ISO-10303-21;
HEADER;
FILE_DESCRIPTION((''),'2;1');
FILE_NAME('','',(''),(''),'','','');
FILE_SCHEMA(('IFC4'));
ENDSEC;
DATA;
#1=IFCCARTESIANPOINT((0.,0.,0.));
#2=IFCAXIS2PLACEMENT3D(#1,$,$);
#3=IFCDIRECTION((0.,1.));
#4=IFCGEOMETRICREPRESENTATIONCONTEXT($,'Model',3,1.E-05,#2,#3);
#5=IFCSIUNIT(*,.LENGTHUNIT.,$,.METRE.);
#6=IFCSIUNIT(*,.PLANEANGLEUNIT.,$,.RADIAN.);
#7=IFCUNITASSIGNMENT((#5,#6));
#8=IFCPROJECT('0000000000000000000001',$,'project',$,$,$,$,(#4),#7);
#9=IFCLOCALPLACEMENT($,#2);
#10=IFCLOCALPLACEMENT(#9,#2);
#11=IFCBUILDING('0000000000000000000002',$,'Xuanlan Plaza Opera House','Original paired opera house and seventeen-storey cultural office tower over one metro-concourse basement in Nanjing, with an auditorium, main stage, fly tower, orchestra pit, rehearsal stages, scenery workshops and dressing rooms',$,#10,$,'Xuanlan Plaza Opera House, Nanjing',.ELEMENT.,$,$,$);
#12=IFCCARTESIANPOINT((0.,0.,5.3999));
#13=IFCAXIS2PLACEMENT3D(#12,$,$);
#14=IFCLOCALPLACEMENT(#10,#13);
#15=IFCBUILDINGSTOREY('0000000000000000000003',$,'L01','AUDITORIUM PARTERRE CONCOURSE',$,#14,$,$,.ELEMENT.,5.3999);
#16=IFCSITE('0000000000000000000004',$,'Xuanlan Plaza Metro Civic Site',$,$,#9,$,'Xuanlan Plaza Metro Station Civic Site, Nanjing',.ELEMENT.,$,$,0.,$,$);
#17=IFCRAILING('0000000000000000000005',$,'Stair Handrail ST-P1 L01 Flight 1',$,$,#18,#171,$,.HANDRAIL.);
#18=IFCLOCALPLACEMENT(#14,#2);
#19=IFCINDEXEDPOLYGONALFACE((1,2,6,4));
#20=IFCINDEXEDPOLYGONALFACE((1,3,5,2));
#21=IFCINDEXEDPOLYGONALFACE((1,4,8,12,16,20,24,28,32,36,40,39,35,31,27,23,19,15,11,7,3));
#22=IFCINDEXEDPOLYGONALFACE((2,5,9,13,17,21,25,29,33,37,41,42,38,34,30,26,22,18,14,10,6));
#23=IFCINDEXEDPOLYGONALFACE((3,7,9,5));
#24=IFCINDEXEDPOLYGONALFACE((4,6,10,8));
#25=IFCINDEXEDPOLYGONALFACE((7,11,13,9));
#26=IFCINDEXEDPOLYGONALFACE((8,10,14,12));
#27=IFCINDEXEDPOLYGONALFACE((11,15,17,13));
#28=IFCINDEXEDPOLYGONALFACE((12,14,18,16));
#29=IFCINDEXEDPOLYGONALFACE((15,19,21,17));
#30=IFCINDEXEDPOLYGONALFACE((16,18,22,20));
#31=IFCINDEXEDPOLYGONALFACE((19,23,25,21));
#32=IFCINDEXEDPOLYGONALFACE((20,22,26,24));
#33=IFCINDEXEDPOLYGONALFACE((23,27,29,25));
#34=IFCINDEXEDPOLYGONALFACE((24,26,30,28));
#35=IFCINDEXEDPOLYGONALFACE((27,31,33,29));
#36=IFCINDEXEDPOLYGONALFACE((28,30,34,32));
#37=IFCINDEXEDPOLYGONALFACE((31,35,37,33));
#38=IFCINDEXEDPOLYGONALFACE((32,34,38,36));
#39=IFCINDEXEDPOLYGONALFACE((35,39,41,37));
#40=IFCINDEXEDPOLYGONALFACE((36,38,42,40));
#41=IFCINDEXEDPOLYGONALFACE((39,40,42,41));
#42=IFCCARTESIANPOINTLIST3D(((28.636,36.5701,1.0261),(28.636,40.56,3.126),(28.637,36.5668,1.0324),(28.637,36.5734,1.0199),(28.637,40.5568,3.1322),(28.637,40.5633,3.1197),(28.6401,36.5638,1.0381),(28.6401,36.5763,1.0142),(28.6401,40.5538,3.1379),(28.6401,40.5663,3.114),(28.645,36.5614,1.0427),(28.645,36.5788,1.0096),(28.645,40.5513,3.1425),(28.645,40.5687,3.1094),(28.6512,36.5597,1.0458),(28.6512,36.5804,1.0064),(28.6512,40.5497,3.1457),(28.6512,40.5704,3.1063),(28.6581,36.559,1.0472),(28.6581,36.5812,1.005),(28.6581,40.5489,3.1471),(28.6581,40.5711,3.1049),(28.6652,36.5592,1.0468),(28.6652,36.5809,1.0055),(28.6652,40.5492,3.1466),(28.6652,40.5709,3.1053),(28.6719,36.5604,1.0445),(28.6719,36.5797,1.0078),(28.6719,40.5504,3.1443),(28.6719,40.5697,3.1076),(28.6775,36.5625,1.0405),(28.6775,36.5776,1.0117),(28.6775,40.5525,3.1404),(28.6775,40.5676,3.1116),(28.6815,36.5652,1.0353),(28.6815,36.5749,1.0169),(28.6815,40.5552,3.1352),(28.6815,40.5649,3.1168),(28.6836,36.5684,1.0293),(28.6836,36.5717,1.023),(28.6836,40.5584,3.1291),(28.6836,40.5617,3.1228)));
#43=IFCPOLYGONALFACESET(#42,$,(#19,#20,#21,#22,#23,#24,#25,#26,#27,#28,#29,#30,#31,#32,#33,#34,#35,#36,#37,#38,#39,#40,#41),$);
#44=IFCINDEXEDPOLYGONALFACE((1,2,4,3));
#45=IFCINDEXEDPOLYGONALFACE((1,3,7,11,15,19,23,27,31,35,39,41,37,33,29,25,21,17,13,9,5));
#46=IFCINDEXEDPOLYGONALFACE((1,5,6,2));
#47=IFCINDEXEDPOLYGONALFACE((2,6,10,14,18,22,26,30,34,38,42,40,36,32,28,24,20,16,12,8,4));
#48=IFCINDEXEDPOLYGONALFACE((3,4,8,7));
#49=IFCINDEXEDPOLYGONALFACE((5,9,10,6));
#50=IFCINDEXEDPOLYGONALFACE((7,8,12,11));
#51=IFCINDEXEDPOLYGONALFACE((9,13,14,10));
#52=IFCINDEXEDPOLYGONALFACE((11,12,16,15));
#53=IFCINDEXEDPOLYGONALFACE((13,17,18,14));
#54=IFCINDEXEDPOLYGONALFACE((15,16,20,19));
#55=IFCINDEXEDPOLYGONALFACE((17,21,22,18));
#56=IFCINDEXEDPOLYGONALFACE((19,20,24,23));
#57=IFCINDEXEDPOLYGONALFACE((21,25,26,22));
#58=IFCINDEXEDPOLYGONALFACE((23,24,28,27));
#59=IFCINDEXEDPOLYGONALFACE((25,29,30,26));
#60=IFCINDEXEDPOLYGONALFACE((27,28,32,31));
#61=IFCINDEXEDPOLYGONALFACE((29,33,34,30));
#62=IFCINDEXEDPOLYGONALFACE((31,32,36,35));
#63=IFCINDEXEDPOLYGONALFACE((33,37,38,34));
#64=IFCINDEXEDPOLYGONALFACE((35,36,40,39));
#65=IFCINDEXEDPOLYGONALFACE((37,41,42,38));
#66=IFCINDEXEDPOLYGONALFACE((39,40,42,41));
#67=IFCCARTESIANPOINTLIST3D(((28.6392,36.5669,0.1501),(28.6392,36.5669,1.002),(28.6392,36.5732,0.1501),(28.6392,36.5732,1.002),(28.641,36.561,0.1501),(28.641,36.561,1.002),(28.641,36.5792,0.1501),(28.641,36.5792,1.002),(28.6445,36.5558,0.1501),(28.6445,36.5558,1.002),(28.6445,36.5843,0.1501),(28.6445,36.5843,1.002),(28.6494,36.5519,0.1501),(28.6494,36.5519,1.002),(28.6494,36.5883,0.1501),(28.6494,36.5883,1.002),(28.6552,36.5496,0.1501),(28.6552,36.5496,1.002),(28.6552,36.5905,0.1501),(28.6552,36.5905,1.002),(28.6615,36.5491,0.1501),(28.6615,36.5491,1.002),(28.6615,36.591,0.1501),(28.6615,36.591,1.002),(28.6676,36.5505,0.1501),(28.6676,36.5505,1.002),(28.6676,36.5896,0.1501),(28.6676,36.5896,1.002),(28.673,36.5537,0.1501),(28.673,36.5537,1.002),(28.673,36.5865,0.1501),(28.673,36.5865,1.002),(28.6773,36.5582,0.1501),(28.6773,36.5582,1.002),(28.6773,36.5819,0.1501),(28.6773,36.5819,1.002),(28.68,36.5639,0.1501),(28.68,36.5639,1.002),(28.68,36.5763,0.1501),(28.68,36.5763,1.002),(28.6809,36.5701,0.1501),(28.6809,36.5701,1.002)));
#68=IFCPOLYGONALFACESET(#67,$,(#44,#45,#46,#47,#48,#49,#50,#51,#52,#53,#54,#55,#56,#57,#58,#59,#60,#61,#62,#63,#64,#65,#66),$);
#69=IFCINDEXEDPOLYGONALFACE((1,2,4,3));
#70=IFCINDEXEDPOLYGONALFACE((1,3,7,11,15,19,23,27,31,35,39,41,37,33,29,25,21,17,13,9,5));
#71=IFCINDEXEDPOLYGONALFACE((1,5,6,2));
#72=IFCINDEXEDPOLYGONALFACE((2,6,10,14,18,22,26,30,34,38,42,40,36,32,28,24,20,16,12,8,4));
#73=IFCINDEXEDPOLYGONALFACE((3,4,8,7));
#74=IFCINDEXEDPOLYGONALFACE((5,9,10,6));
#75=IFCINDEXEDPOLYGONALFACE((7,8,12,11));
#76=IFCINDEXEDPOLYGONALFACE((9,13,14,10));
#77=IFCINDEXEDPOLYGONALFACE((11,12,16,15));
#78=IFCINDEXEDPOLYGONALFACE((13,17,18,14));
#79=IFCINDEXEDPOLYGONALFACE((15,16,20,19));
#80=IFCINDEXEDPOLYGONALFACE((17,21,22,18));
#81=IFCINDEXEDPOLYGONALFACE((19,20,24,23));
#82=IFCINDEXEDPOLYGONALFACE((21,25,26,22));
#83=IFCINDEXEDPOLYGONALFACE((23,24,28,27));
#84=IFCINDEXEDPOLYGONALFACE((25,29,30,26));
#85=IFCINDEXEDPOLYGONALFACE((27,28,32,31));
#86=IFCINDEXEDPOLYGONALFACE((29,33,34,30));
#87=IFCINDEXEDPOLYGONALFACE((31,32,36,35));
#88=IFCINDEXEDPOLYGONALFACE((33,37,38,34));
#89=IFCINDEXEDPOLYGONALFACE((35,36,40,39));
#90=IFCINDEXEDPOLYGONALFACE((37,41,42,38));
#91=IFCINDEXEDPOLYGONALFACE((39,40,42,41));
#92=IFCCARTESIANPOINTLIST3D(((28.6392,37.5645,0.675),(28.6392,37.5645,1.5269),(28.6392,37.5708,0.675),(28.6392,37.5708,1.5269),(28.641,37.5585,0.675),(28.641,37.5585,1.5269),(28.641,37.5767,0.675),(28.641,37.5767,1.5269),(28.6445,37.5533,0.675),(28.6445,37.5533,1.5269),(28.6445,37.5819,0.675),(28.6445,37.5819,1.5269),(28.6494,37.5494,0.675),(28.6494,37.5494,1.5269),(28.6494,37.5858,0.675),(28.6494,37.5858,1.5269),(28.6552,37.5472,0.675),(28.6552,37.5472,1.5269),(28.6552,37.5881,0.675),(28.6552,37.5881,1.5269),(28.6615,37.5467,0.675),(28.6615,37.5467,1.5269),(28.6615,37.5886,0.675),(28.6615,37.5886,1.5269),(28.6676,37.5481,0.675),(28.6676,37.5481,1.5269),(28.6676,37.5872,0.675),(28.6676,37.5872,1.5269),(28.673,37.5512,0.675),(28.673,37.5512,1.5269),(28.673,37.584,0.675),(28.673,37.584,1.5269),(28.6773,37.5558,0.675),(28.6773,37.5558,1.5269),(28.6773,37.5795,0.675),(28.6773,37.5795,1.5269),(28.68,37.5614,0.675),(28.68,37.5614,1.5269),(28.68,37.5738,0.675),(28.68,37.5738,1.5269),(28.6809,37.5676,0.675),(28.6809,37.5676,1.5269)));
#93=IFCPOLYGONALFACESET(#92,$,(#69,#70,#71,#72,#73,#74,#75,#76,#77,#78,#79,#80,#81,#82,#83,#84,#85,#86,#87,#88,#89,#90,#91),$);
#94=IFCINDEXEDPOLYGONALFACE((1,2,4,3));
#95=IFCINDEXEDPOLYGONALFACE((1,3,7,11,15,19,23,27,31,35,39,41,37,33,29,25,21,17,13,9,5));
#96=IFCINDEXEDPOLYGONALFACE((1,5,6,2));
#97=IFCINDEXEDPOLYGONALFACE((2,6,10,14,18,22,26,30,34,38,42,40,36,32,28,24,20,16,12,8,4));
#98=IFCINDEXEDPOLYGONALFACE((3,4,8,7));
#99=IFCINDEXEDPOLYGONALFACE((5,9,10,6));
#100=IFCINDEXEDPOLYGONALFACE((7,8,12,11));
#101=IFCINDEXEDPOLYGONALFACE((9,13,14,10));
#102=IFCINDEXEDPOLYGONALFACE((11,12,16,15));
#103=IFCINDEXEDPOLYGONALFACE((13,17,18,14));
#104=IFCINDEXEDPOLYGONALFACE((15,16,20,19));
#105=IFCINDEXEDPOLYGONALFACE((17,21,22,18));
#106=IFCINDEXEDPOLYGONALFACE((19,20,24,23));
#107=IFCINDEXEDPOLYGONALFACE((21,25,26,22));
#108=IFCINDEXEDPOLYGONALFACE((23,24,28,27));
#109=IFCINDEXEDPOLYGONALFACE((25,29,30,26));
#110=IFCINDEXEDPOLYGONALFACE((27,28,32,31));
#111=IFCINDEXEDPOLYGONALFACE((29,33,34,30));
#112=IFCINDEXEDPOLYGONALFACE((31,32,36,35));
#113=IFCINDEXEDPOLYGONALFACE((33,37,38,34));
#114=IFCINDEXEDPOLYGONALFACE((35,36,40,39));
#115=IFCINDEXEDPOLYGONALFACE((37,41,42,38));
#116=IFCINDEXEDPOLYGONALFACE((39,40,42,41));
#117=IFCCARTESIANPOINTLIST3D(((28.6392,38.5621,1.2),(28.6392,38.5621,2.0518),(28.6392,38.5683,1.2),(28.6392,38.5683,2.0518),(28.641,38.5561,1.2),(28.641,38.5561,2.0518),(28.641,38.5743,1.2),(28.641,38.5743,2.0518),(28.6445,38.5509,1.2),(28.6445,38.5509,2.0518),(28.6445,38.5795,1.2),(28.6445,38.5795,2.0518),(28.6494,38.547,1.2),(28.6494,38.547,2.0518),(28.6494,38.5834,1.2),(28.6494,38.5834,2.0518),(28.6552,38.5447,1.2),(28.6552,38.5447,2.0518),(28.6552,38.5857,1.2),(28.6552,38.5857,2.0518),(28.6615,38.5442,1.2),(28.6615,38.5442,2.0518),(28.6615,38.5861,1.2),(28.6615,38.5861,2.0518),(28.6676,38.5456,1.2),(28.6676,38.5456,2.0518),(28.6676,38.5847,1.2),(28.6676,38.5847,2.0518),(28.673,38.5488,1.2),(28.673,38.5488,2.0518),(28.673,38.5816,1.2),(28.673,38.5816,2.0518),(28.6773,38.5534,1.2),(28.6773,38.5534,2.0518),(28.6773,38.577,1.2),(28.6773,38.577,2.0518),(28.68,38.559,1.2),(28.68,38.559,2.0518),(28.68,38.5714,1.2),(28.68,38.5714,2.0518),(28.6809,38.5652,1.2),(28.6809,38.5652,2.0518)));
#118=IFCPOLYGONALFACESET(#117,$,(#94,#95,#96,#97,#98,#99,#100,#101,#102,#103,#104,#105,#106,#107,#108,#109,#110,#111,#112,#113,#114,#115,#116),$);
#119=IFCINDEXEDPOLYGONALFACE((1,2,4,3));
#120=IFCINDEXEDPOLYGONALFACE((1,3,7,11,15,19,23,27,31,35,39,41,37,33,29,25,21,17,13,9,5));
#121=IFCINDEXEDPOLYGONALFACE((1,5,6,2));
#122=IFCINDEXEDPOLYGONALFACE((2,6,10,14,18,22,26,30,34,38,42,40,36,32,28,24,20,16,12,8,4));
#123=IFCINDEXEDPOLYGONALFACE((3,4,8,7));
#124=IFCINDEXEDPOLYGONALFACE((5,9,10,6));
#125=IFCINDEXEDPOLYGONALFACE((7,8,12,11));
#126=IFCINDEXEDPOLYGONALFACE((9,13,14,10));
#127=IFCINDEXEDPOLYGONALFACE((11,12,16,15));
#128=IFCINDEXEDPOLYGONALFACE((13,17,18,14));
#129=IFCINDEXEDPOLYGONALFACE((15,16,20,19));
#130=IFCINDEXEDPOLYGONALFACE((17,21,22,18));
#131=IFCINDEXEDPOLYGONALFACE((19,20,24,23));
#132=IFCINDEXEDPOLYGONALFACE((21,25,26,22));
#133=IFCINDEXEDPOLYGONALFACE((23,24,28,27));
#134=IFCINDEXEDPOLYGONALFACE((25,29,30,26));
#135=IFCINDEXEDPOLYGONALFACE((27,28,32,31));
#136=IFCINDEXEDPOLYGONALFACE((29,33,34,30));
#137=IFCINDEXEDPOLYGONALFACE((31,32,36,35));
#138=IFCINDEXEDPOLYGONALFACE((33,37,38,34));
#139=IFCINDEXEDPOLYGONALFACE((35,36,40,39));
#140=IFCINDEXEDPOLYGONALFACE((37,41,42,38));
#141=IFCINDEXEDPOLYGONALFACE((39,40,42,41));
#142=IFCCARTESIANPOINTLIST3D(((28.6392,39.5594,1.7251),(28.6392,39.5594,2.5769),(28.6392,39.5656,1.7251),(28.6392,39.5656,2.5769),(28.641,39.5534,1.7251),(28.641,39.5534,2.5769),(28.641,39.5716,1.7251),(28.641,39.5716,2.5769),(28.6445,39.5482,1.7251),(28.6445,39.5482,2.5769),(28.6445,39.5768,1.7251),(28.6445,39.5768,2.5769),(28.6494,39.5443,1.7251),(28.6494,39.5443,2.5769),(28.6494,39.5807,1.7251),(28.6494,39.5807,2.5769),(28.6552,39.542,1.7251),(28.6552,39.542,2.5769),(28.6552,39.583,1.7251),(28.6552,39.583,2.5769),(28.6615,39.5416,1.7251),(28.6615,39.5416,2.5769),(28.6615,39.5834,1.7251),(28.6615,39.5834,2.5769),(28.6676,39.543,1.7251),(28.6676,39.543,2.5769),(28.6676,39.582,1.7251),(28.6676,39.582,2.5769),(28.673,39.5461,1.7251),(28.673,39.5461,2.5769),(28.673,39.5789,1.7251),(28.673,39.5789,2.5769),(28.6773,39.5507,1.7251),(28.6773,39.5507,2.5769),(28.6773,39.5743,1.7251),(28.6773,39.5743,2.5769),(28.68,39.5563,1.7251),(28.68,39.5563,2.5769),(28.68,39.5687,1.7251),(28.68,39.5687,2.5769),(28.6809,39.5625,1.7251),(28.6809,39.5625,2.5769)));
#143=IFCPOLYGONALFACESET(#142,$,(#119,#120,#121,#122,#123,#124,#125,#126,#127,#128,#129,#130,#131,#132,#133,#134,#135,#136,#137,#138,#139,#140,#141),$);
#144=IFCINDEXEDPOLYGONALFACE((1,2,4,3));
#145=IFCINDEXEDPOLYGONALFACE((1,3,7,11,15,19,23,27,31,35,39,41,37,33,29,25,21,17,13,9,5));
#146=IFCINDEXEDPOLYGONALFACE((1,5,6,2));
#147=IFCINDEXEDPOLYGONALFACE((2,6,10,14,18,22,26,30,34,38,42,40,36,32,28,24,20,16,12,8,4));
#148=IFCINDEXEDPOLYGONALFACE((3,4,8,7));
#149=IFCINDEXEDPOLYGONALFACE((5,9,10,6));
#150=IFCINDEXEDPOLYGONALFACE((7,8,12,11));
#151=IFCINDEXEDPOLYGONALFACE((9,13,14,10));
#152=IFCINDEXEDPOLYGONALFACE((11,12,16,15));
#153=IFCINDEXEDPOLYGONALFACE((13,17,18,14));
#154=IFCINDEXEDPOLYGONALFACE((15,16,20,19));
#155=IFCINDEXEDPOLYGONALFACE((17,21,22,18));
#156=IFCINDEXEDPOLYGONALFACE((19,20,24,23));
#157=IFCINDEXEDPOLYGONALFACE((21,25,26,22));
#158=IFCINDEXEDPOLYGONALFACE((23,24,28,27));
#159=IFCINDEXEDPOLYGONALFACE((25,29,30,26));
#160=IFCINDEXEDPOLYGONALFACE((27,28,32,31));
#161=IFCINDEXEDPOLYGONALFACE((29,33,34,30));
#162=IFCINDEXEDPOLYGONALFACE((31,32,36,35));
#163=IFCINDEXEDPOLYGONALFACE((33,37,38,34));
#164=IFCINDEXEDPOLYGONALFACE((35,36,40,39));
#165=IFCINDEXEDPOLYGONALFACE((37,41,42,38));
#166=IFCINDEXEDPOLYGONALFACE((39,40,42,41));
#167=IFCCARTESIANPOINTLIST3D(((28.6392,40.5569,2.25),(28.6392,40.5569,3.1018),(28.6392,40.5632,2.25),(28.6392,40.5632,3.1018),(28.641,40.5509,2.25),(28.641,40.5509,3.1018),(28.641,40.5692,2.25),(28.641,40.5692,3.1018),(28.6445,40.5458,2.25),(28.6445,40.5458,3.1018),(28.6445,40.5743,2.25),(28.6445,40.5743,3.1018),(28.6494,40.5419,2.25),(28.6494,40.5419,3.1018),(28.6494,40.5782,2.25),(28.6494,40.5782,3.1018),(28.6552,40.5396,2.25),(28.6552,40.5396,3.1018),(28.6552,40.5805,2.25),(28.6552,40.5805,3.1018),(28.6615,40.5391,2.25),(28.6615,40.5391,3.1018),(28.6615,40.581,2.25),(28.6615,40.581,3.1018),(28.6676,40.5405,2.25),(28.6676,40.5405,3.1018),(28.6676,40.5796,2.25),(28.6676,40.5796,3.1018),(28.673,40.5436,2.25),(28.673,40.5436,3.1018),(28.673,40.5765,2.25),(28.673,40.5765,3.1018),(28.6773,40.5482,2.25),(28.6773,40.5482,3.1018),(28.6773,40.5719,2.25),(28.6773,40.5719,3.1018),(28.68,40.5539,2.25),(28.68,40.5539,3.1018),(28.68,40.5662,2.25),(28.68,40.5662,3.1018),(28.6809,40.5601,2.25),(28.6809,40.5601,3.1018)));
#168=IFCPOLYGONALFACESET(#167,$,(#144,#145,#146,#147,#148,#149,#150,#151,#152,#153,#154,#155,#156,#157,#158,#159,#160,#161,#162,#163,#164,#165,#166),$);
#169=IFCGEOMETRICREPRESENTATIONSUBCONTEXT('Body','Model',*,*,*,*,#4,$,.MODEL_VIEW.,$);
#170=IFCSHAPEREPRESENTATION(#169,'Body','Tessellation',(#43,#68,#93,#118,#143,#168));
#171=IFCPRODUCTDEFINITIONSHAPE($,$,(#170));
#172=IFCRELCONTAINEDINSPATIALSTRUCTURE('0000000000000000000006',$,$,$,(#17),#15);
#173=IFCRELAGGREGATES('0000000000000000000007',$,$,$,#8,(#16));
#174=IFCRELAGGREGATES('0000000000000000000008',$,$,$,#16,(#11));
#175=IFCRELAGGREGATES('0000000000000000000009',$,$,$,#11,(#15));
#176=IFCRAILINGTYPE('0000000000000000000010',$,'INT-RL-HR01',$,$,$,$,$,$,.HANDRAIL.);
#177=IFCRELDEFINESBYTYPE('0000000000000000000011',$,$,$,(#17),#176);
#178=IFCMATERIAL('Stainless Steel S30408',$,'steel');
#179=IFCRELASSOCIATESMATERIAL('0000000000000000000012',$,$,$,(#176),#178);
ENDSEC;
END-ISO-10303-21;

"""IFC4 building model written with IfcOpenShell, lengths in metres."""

from ifc_helpers import new_model, si_unit, direction, frame, origin, origin_2d, place, context, subcontext, project, spatial, circle, extrude, material, type_object, element, save


model = new_model("IFC4")

# Units and contexts
model_context = context("Model", 3, precision=1e-05, world=origin(), true_north=direction((0.0, 1.0)))
body_context = subcontext(model_context, "Body", "Model", "MODEL_VIEW")
ifc_project = project(units=[si_unit("LENGTHUNIT", "METRE"), si_unit("PLANEANGLEUNIT", "RADIAN")], contexts=[model_context])

# Site, building, storey
site_placement = place(None, origin())
site = spatial("IfcSite", under=ifc_project, at=site_placement, Name="Xuanlan Plaza Metro Civic Site", LongName="Xuanlan Plaza Metro Station Civic Site, Nanjing", CompositionType="ELEMENT", RefElevation=0.0)
building_placement = place(site_placement, origin())
building = spatial("IfcBuilding", under=site, at=building_placement, Name="Xuanlan Plaza Opera House", Description="Original paired opera house and seventeen-storey cultural office tower over one metro-concourse basement in Nanjing, with an auditorium, main stage, fly tower, orchestra pit, rehearsal stages, scenery workshops and dressing rooms", LongName="Xuanlan Plaza Opera House, Nanjing", CompositionType="ELEMENT")
storey_placement = place(building_placement, frame((0.0, 0.0, 5.3999)))
storey = spatial("IfcBuildingStorey", under=building, at=storey_placement, Name="L01", Description="AUDITORIUM PARTERRE CONCOURSE", CompositionType="ELEMENT", Elevation=5.3999)

# Shared definitions
ifc_material_1 = material(Name="Stainless Steel S30408", Category="steel")

# Railing
railing_type = type_object("IfcRailingType", Name="INT-RL-HR01", PredefinedType="HANDRAIL", material=ifc_material_1)
railing_placement = place(storey_placement, frame((28.6599, 36.5701, 0.1501)))
element("IfcRailing", 1, at=railing_placement, inside=storey, type_object=railing_type, Name="Stair Handrail ST-P1 L01 Flight 1", PredefinedType="HANDRAIL", context=body_context, shape_type="SweptSolid", body=[
    extrude(circle(Radius=0.0239, at=origin_2d()), frame((0.0, 0.0, 0.876), z_axis=(0.0, 0.884931, 0.465722), x_axis=(-1.0, 0.0, 0.0)), (0.0, 0.0, 1.0), 4.5088),
    extrude(circle(Radius=0.021, at=origin_2d()), origin(), (0.0, 0.0, 1.0), 0.8518),
    extrude(circle(Radius=0.021, at=origin_2d()), frame((0.0, 0.9976, 0.5249)), (0.0, 0.0, 1.0), 0.8518),
    extrude(circle(Radius=0.021, at=origin_2d()), frame((0.0, 1.9951, 1.0498)), (0.0, 0.0, 1.0), 0.8518),
    extrude(circle(Radius=0.021, at=origin_2d()), frame((0.0, 2.9924, 1.575)), (0.0, 0.0, 1.0), 0.8518),
    extrude(circle(Radius=0.021, at=origin_2d()), frame((0.0, 3.99, 2.0999)), (0.0, 0.0, 1.0), 0.8518),
])

save(model, "model.ifc")
